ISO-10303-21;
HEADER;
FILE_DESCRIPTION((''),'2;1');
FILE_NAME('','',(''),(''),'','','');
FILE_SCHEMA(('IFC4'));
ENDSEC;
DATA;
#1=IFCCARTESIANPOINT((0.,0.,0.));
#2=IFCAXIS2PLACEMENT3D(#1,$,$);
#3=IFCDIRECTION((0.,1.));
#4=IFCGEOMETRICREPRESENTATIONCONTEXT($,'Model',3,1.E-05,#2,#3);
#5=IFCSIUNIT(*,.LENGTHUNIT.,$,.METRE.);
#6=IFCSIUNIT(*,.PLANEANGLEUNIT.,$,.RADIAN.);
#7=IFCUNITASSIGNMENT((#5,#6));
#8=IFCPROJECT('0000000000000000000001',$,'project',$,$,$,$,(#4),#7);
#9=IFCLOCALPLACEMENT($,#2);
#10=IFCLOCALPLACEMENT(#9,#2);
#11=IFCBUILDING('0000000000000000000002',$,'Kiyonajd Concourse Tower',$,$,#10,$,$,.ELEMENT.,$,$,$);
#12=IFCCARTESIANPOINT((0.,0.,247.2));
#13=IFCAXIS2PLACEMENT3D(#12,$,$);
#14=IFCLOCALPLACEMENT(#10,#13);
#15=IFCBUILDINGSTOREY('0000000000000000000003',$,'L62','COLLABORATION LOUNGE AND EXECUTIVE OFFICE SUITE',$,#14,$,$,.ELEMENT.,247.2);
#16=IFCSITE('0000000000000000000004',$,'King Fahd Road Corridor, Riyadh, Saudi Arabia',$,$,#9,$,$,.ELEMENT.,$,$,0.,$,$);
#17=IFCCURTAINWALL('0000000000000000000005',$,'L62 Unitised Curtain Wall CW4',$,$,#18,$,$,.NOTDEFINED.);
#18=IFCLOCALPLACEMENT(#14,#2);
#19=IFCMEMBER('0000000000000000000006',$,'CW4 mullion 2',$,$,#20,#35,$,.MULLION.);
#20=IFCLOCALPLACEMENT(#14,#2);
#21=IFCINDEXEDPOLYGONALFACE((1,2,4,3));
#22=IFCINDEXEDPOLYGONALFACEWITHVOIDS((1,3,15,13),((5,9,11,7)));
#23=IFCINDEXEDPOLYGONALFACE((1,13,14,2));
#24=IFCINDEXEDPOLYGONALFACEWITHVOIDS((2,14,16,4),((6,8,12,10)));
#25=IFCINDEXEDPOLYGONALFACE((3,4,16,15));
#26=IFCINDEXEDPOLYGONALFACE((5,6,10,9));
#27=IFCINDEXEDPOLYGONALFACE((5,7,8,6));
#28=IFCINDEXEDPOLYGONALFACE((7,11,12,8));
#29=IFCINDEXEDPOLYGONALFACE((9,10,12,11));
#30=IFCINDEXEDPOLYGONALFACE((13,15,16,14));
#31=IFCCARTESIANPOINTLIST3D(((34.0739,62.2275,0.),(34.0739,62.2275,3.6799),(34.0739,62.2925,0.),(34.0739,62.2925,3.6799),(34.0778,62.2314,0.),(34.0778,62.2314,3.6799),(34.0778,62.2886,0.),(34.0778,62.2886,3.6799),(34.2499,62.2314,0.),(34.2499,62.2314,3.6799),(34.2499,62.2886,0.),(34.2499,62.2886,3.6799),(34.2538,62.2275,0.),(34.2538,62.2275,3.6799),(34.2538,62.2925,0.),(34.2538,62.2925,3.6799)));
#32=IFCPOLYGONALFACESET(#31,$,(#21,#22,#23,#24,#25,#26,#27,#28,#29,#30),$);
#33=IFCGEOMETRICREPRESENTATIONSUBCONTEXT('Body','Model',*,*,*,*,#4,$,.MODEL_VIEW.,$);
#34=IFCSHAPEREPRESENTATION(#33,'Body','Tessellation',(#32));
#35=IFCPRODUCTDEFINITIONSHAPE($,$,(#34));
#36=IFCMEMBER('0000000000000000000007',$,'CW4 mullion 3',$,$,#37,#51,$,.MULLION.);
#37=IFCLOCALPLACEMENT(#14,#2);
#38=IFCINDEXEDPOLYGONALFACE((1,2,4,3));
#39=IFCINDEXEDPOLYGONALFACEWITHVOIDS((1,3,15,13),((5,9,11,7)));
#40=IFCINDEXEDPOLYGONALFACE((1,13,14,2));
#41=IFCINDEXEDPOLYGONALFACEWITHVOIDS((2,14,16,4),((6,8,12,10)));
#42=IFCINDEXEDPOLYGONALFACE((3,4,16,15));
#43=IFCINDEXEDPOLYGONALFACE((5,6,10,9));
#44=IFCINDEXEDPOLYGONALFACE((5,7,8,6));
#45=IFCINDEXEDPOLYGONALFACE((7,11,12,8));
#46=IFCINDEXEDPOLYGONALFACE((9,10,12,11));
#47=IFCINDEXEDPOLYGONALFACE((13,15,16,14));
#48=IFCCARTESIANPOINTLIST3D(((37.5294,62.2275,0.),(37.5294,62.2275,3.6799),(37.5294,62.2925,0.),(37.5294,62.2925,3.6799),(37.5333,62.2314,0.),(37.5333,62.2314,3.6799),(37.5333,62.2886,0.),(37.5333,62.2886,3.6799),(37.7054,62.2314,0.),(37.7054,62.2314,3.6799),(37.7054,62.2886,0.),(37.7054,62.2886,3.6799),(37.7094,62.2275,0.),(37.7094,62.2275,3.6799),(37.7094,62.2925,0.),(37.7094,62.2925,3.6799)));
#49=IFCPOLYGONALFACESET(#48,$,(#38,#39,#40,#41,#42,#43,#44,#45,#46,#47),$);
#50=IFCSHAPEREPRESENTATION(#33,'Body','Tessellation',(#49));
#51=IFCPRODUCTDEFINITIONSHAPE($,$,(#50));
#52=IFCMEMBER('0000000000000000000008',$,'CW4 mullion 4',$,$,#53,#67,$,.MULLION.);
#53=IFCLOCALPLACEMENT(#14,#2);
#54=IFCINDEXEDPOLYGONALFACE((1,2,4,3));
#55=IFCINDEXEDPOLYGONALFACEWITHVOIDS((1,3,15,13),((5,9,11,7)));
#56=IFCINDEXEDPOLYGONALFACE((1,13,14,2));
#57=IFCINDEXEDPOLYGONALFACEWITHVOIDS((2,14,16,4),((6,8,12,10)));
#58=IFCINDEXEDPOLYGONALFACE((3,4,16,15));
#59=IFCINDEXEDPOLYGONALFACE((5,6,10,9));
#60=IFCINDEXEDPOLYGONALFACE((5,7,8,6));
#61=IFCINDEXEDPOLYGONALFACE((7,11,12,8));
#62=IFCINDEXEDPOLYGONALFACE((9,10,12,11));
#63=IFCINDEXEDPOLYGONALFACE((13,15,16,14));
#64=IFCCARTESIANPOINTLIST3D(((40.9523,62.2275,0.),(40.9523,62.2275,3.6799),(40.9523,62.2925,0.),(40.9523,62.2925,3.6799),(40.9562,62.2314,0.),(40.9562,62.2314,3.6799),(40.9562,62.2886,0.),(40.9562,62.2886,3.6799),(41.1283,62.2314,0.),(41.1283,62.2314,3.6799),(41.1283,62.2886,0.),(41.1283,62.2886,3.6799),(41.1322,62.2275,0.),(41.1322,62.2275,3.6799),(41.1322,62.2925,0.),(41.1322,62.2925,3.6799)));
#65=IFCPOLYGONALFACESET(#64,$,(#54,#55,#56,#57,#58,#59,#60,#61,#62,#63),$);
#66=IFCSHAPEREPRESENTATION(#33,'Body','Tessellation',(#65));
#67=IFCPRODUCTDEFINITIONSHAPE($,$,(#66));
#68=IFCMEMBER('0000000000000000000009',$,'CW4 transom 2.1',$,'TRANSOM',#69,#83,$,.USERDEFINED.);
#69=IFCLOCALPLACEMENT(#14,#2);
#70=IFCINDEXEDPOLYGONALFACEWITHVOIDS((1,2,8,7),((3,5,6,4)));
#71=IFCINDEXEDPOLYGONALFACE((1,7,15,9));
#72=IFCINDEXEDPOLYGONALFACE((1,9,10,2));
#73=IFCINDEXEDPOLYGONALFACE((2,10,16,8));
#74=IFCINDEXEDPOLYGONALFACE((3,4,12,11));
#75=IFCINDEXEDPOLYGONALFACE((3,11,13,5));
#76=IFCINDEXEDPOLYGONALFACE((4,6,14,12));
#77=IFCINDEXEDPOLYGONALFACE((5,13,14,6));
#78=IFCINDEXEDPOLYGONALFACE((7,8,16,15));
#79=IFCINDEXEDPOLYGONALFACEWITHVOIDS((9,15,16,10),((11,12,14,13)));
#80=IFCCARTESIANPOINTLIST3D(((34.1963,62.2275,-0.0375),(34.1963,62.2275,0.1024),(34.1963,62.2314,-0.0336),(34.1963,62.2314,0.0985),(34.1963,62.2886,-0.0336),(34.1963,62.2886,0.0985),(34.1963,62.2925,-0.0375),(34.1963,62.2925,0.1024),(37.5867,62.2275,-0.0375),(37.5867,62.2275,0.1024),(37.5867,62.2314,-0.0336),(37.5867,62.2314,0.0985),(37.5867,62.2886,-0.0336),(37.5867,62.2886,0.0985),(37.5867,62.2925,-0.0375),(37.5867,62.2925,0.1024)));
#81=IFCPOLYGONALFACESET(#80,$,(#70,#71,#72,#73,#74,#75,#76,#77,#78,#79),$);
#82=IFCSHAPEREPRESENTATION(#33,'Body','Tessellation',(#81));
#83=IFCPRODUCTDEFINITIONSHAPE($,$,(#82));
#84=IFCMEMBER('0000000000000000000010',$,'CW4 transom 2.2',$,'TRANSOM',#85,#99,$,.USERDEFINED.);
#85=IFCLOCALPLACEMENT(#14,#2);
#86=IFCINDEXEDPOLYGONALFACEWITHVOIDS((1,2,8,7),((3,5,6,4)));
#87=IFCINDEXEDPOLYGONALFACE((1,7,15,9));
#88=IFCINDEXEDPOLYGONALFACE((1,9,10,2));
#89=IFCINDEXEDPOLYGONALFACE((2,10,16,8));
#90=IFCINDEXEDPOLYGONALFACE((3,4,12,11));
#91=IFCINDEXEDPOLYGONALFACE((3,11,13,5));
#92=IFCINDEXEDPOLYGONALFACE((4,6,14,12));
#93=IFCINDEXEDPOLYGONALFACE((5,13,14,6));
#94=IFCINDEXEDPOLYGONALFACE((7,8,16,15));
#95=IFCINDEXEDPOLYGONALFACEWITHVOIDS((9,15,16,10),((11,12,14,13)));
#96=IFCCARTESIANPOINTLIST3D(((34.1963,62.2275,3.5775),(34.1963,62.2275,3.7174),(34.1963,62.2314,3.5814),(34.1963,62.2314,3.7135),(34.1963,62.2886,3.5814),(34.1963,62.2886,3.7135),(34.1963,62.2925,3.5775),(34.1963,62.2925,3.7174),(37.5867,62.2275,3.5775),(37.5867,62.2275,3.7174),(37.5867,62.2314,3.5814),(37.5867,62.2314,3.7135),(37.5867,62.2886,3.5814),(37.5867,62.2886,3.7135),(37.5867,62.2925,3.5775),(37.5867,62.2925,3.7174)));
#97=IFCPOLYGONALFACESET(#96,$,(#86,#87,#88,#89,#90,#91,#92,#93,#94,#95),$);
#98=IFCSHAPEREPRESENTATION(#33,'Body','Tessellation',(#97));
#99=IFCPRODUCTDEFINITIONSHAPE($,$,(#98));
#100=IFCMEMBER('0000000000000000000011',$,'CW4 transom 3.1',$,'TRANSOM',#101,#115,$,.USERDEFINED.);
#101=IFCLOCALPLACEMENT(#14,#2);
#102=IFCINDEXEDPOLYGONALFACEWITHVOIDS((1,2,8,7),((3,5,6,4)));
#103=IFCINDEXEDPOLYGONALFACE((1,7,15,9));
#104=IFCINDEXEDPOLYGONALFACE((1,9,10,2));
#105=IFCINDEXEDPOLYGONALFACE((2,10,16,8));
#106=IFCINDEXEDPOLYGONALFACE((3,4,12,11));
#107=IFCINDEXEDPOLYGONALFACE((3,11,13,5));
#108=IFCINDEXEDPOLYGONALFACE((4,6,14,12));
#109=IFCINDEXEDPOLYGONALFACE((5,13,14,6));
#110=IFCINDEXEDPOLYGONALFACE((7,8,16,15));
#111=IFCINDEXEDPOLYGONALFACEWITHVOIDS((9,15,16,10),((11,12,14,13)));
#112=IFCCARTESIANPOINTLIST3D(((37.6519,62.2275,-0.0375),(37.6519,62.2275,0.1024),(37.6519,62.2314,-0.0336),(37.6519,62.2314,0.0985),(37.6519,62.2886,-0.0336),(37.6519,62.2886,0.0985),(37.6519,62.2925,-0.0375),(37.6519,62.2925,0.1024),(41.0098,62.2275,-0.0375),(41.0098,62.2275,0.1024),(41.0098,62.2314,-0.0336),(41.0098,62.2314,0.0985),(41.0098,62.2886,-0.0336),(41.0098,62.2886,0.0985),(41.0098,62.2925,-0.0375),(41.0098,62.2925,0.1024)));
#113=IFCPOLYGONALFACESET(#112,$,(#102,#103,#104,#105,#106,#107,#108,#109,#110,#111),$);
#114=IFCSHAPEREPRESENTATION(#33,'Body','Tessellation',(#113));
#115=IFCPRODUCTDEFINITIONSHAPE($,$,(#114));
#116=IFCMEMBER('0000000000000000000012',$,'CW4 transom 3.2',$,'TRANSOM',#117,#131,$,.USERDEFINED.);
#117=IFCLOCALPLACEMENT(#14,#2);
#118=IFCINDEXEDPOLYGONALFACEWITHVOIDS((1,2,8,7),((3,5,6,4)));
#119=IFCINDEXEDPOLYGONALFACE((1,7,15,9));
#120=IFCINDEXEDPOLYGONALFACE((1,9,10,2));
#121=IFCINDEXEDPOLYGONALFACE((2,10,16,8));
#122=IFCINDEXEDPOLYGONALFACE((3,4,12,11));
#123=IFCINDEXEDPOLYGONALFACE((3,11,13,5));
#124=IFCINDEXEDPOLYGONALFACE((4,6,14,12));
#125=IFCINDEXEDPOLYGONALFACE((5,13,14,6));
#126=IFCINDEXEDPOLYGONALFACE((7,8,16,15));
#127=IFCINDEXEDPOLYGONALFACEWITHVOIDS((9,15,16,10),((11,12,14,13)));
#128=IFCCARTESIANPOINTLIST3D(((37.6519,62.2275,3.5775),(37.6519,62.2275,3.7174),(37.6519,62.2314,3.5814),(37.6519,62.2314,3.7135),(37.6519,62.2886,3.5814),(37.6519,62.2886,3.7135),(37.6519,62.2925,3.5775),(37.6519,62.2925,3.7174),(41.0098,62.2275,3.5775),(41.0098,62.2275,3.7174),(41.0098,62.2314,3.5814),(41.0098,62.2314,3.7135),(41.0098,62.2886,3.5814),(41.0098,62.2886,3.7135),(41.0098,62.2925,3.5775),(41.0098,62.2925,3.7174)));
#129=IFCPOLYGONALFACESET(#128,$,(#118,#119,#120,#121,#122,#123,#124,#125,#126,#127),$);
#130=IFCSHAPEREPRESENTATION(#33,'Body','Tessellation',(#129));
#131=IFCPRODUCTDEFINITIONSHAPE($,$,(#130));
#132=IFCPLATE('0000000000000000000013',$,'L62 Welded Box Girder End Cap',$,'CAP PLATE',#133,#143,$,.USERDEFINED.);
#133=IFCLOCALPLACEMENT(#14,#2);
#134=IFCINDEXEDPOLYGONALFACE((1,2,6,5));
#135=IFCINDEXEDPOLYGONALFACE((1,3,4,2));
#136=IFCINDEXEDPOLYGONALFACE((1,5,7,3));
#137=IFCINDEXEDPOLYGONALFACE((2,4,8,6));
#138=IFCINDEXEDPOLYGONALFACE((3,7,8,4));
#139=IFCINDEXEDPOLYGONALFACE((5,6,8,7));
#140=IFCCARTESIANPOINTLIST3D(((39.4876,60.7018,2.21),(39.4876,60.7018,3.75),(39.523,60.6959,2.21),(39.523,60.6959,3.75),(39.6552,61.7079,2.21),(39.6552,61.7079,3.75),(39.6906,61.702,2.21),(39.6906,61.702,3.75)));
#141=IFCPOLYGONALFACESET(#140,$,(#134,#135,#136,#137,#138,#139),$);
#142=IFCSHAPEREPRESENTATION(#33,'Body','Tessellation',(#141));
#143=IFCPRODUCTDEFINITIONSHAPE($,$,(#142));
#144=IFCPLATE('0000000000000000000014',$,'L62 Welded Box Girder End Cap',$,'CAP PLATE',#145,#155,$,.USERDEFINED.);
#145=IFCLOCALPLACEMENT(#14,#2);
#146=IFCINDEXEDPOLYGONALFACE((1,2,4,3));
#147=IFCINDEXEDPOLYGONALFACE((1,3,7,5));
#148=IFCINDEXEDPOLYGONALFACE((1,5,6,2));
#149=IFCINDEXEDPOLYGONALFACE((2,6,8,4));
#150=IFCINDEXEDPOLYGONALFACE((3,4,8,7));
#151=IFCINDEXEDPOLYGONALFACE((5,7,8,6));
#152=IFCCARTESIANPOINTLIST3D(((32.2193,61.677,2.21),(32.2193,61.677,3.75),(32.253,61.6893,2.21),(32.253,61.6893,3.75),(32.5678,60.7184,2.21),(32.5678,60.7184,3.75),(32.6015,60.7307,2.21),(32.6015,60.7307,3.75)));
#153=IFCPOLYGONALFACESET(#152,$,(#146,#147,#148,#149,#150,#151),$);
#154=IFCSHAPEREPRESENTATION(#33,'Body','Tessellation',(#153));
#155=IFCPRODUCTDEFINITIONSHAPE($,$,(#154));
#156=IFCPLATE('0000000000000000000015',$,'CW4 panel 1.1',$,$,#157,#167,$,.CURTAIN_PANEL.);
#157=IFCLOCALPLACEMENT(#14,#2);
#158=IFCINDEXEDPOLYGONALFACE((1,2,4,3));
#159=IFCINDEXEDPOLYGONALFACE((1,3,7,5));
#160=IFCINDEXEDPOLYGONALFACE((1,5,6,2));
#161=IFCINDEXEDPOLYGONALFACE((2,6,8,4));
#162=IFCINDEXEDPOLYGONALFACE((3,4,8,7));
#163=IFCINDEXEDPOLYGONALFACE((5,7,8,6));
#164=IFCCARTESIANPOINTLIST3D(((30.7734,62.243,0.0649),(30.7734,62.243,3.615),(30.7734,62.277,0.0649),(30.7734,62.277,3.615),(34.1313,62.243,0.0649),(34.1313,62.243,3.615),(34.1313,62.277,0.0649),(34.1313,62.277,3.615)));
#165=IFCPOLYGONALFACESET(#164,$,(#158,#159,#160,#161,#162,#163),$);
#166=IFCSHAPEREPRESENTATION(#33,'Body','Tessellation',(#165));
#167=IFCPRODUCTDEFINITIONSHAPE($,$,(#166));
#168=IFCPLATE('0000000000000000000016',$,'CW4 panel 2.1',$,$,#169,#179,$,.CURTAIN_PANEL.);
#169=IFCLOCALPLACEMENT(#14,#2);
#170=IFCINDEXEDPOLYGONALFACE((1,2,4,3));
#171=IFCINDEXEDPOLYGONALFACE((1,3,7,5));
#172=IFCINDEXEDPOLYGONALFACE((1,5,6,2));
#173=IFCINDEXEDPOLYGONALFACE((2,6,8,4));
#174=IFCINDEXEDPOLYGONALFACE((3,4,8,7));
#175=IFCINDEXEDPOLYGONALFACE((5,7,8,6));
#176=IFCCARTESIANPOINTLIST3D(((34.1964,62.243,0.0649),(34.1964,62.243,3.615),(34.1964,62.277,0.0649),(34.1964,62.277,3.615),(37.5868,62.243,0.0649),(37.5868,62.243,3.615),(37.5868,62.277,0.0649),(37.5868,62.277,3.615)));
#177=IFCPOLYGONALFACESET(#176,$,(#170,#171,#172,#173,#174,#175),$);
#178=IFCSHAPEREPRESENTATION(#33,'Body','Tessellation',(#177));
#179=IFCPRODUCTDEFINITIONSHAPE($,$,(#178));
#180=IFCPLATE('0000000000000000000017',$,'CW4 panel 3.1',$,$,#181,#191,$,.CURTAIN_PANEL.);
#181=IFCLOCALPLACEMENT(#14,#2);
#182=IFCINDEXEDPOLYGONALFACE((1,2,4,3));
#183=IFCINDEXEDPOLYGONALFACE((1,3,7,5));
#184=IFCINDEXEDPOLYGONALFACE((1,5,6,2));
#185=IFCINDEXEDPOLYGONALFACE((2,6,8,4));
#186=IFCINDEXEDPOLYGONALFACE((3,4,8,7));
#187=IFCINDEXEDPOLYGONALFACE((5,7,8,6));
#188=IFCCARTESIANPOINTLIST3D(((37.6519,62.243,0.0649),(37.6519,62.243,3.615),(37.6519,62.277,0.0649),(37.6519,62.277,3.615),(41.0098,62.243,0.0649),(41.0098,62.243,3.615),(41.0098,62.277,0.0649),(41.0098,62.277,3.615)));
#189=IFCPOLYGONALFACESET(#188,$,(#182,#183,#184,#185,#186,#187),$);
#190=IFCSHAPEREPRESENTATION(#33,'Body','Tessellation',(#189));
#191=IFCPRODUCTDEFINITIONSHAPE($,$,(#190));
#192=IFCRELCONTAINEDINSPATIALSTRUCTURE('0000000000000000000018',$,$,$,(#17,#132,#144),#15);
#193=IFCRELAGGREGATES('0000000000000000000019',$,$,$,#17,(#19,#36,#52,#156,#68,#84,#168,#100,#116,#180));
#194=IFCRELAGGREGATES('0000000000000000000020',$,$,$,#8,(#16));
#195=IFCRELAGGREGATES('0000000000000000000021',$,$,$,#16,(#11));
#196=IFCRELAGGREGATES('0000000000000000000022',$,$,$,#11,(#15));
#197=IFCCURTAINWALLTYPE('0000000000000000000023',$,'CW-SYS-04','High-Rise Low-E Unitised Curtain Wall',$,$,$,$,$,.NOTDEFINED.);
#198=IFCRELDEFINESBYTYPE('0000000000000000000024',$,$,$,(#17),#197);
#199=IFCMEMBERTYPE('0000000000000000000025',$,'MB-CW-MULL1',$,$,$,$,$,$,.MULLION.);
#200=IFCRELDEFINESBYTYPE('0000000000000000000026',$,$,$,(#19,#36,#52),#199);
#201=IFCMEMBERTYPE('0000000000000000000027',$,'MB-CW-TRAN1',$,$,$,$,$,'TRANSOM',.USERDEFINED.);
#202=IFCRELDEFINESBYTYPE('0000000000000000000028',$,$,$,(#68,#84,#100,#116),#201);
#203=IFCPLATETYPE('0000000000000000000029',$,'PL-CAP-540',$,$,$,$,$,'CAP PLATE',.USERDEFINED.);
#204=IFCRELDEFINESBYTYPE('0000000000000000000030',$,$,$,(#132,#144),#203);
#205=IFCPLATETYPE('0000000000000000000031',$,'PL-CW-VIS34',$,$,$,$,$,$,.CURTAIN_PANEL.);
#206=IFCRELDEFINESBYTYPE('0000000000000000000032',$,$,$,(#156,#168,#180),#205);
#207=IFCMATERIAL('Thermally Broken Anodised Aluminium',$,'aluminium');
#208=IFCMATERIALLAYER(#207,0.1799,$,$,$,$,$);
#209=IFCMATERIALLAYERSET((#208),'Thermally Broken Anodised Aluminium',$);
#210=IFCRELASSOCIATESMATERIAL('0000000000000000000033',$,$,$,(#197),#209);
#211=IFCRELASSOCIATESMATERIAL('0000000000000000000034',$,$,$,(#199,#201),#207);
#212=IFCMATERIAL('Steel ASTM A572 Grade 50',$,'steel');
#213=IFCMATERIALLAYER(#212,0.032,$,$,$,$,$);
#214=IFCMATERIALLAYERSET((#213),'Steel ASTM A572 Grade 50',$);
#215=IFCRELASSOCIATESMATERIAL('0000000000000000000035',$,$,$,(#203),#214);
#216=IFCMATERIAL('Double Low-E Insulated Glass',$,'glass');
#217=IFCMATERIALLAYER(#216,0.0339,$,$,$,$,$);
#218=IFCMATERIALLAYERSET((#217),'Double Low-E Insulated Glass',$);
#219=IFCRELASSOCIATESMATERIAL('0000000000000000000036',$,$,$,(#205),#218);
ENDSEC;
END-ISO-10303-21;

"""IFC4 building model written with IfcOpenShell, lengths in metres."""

from ifc_helpers import new_model, si_unit, direction, frame, origin, origin_2d, place, context, subcontext, project, spatial, rectangle, hollow_rectangle, extrude, material, layer, layer_set, material_profile, profile_set, type_object, element, aggregate, save


model = new_model("IFC4")

# Units and contexts
model_context = context("Model", 3, precision=1e-05, world=origin(), true_north=direction((0.0, 1.0)))
body_context = subcontext(model_context, "Body", "Model", "MODEL_VIEW")
ifc_project = project(units=[si_unit("LENGTHUNIT", "METRE"), si_unit("PLANEANGLEUNIT", "RADIAN")], contexts=[model_context])

# Site, building, storey
site_placement = place(None, origin())
site = spatial("IfcSite", under=ifc_project, at=site_placement, Name="King Fahd Road Corridor, Riyadh, Saudi Arabia", CompositionType="ELEMENT", RefElevation=0.0)
building_placement = place(site_placement, origin())
building = spatial("IfcBuilding", under=site, at=building_placement, Name="Kiyonajd Concourse Tower", CompositionType="ELEMENT")
storey_placement = place(building_placement, frame((0.0, 0.0, 247.2)))
storey = spatial("IfcBuildingStorey", under=building, at=storey_placement, Name="L62", Description="COLLABORATION LOUNGE AND EXECUTIVE OFFICE SUITE", CompositionType="ELEMENT", Elevation=247.2)

# Shared definitions
ifc_material_1 = material(Name="Steel ASTM A572 Grade 50", Category="steel")

# Curtain wall, members
ifc_material_2 = material(Name="Thermally Broken Anodised Aluminium", Category="aluminium")
ifc_layer_1 = layer(ifc_material_2, 0.1799)
ifc_layer_set_1 = layer_set([ifc_layer_1], Name="Thermally Broken Anodised Aluminium")
curtain_wall_type = type_object("IfcCurtainWallType", Name="CW-SYS-04", Description="High-Rise Low-E Unitised Curtain Wall", PredefinedType="NOTDEFINED", material=ifc_layer_set_1)
curtain_wall_placement = place(storey_placement, origin())
curtain_wall = element("IfcCurtainWall", 1, at=curtain_wall_placement, inside=storey, type_object=curtain_wall_type, Name="L62 Unitised Curtain Wall CW4", PredefinedType="NOTDEFINED")
ifc_material_profile_1 = material_profile(ifc_material_2, hollow_rectangle(XDim=0.0649, YDim=0.1799, WallThickness=0.0039, at=origin_2d()), Name="MULL-65x180")
ifc_profile_set_1 = profile_set([ifc_material_profile_1], Name="Thermally Broken Anodised Aluminium")
member_type_1 = type_object("IfcMemberType", Name="MB-CW-MULL1", PredefinedType="MULLION", material=ifc_profile_set_1)
member_1_placement = place(storey_placement, frame((34.1638, 62.26, 0.0), z_axis=(0.0, 0.0, 1.0), x_axis=(0.0, 1.0, 0.0)))
member_1 = element("IfcMember", 2, at=member_1_placement, type_object=member_type_1, Name="CW4 mullion 2", PredefinedType="MULLION", context=body_context, shape_type="SweptSolid", body=[
    extrude(hollow_rectangle(XDim=0.0649, YDim=0.1799, WallThickness=0.0039, at=origin_2d()), origin(), (0.0, 0.0, 1.0), 3.6799),
])
member_2_placement = place(storey_placement, frame((37.6194, 62.26, 0.0), z_axis=(0.0, 0.0, 1.0), x_axis=(0.0, 1.0, 0.0)))
member_2 = element("IfcMember", 3, at=member_2_placement, type_object=member_type_1, Name="CW4 mullion 3", PredefinedType="MULLION", context=body_context, shape_type="SweptSolid", body=[
    extrude(hollow_rectangle(XDim=0.0649, YDim=0.1799, WallThickness=0.0039, at=origin_2d()), origin(), (0.0, 0.0, 1.0), 3.6799),
])
member_3_placement = place(storey_placement, frame((41.0422, 62.26, 0.0), z_axis=(0.0, 0.0, 1.0), x_axis=(0.0, 1.0, 0.0)))
member_3 = element("IfcMember", 4, at=member_3_placement, type_object=member_type_1, Name="CW4 mullion 4", PredefinedType="MULLION", context=body_context, shape_type="SweptSolid", body=[
    extrude(hollow_rectangle(XDim=0.0649, YDim=0.1799, WallThickness=0.0039, at=origin_2d()), origin(), (0.0, 0.0, 1.0), 3.6799),
])
ifc_material_profile_2 = material_profile(ifc_material_2, hollow_rectangle(XDim=0.0649, YDim=0.1399, WallThickness=0.0039, at=origin_2d()), Name="TRAN-65x140")
ifc_profile_set_2 = profile_set([ifc_material_profile_2], Name="Thermally Broken Anodised Aluminium")
member_type_2 = type_object("IfcMemberType", Name="MB-CW-TRAN1", ElementType="TRANSOM", PredefinedType="USERDEFINED", material=ifc_profile_set_2)
member_4_placement = place(storey_placement, frame((34.1963, 62.26, 0.0325), z_axis=(1.0, 0.0, 0.0), x_axis=(0.0, 1.0, 0.0)))
member_4 = element("IfcMember", 5, at=member_4_placement, type_object=member_type_2, Name="CW4 transom 2.1", ObjectType="TRANSOM", PredefinedType="USERDEFINED", context=body_context, shape_type="SweptSolid", body=[
    extrude(hollow_rectangle(XDim=0.0649, YDim=0.1399, WallThickness=0.0039, at=origin_2d()), origin(), (0.0, 0.0, 1.0), 3.3904),
])
member_5_placement = place(storey_placement, frame((34.1963, 62.26, 3.6475), z_axis=(1.0, 0.0, 0.0), x_axis=(0.0, 1.0, 0.0)))
member_5 = element("IfcMember", 6, at=member_5_placement, type_object=member_type_2, Name="CW4 transom 2.2", ObjectType="TRANSOM", PredefinedType="USERDEFINED", context=body_context, shape_type="SweptSolid", body=[
    extrude(hollow_rectangle(XDim=0.0649, YDim=0.1399, WallThickness=0.0039, at=origin_2d()), origin(), (0.0, 0.0, 1.0), 3.3904),
])
member_6_placement = place(storey_placement, frame((37.6519, 62.26, 0.0325), z_axis=(1.0, 0.0, 0.0), x_axis=(0.0, 1.0, 0.0)))
member_6 = element("IfcMember", 7, at=member_6_placement, type_object=member_type_2, Name="CW4 transom 3.1", ObjectType="TRANSOM", PredefinedType="USERDEFINED", context=body_context, shape_type="SweptSolid", body=[
    extrude(hollow_rectangle(XDim=0.0649, YDim=0.1399, WallThickness=0.0039, at=origin_2d()), origin(), (0.0, 0.0, 1.0), 3.3579),
])
member_7_placement = place(storey_placement, frame((37.6519, 62.26, 3.6475), z_axis=(1.0, 0.0, 0.0), x_axis=(0.0, 1.0, 0.0)))
member_7 = element("IfcMember", 8, at=member_7_placement, type_object=member_type_2, Name="CW4 transom 3.2", ObjectType="TRANSOM", PredefinedType="USERDEFINED", context=body_context, shape_type="SweptSolid", body=[
    extrude(hollow_rectangle(XDim=0.0649, YDim=0.1399, WallThickness=0.0039, at=origin_2d()), origin(), (0.0, 0.0, 1.0), 3.3579),
])

# Plates
ifc_layer_2 = layer(ifc_material_1, 0.032)
ifc_layer_set_2 = layer_set([ifc_layer_2], Name="Steel ASTM A572 Grade 50")
plate_type_1 = type_object("IfcPlateType", Name="PL-CAP-540", ElementType="CAP PLATE", PredefinedType="USERDEFINED", material=ifc_layer_set_2)
for number, where, z_axis, x_axis, name in (
    (9, (39.5891, 61.2019, 2.21), (0.0, 0.0, 1.0), (-0.986401, 0.164359, 0.0), "L62 Welded Box Girder End Cap"),
    (10, (32.4104, 61.2039, 2.21), (0.0, 0.0, 1.0), (0.939812, 0.341692, 0.0), "L62 Welded Box Girder End Cap"),
):
    element("IfcPlate", number, at=place(storey_placement, frame(where, z_axis=z_axis, x_axis=x_axis)), inside=storey, type_object=plate_type_1, Name=name, ObjectType="CAP PLATE", PredefinedType="USERDEFINED", context=body_context, shape_type="SweptSolid", body=[
        extrude(rectangle(XDim=0.0359, YDim=1.02, at=origin_2d()), origin(), (0.0, 0.0, 1.0), 1.54),
    ])

# Plates
ifc_material_3 = material(Name="Double Low-E Insulated Glass", Category="glass")
ifc_layer_3 = layer(ifc_material_3, 0.0339)
ifc_layer_set_3 = layer_set([ifc_layer_3], Name="Double Low-E Insulated Glass")
plate_type_2 = type_object("IfcPlateType", Name="PL-CW-VIS34", PredefinedType="CURTAIN_PANEL", material=ifc_layer_set_3)
plate_1_placement = place(storey_placement, frame((32.4524, 62.26, 0.0649), z_axis=(0.0, 0.0, 1.0), x_axis=(1.0, 0.0, 0.0)))
plate_1 = element("IfcPlate", 11, at=plate_1_placement, type_object=plate_type_2, Name="CW4 panel 1.1", PredefinedType="CURTAIN_PANEL", context=body_context, shape_type="SweptSolid", body=[
    extrude(rectangle(XDim=3.3579, YDim=0.0339, at=origin_2d()), origin(), (0.0, 0.0, 1.0), 3.55),
])
plate_2_placement = place(storey_placement, frame((35.8916, 62.26, 0.0649), z_axis=(0.0, 0.0, 1.0), x_axis=(1.0, 0.0, 0.0)))
plate_2 = element("IfcPlate", 12, at=plate_2_placement, type_object=plate_type_2, Name="CW4 panel 2.1", PredefinedType="CURTAIN_PANEL", context=body_context, shape_type="SweptSolid", body=[
    extrude(rectangle(XDim=3.3904, YDim=0.0339, at=origin_2d()), origin(), (0.0, 0.0, 1.0), 3.55),
])
plate_3_placement = place(storey_placement, frame((39.3308, 62.26, 0.0649), z_axis=(0.0, 0.0, 1.0), x_axis=(1.0, 0.0, 0.0)))
plate_3 = element("IfcPlate", 13, at=plate_3_placement, type_object=plate_type_2, Name="CW4 panel 3.1", PredefinedType="CURTAIN_PANEL", context=body_context, shape_type="SweptSolid", body=[
    extrude(rectangle(XDim=3.3579, YDim=0.0339, at=origin_2d()), origin(), (0.0, 0.0, 1.0), 3.55),
])
aggregate(curtain_wall, [member_1, member_2, member_3, plate_1, member_4, member_5, plate_2, member_6, member_7, plate_3])

save(model, "model.ifc")
